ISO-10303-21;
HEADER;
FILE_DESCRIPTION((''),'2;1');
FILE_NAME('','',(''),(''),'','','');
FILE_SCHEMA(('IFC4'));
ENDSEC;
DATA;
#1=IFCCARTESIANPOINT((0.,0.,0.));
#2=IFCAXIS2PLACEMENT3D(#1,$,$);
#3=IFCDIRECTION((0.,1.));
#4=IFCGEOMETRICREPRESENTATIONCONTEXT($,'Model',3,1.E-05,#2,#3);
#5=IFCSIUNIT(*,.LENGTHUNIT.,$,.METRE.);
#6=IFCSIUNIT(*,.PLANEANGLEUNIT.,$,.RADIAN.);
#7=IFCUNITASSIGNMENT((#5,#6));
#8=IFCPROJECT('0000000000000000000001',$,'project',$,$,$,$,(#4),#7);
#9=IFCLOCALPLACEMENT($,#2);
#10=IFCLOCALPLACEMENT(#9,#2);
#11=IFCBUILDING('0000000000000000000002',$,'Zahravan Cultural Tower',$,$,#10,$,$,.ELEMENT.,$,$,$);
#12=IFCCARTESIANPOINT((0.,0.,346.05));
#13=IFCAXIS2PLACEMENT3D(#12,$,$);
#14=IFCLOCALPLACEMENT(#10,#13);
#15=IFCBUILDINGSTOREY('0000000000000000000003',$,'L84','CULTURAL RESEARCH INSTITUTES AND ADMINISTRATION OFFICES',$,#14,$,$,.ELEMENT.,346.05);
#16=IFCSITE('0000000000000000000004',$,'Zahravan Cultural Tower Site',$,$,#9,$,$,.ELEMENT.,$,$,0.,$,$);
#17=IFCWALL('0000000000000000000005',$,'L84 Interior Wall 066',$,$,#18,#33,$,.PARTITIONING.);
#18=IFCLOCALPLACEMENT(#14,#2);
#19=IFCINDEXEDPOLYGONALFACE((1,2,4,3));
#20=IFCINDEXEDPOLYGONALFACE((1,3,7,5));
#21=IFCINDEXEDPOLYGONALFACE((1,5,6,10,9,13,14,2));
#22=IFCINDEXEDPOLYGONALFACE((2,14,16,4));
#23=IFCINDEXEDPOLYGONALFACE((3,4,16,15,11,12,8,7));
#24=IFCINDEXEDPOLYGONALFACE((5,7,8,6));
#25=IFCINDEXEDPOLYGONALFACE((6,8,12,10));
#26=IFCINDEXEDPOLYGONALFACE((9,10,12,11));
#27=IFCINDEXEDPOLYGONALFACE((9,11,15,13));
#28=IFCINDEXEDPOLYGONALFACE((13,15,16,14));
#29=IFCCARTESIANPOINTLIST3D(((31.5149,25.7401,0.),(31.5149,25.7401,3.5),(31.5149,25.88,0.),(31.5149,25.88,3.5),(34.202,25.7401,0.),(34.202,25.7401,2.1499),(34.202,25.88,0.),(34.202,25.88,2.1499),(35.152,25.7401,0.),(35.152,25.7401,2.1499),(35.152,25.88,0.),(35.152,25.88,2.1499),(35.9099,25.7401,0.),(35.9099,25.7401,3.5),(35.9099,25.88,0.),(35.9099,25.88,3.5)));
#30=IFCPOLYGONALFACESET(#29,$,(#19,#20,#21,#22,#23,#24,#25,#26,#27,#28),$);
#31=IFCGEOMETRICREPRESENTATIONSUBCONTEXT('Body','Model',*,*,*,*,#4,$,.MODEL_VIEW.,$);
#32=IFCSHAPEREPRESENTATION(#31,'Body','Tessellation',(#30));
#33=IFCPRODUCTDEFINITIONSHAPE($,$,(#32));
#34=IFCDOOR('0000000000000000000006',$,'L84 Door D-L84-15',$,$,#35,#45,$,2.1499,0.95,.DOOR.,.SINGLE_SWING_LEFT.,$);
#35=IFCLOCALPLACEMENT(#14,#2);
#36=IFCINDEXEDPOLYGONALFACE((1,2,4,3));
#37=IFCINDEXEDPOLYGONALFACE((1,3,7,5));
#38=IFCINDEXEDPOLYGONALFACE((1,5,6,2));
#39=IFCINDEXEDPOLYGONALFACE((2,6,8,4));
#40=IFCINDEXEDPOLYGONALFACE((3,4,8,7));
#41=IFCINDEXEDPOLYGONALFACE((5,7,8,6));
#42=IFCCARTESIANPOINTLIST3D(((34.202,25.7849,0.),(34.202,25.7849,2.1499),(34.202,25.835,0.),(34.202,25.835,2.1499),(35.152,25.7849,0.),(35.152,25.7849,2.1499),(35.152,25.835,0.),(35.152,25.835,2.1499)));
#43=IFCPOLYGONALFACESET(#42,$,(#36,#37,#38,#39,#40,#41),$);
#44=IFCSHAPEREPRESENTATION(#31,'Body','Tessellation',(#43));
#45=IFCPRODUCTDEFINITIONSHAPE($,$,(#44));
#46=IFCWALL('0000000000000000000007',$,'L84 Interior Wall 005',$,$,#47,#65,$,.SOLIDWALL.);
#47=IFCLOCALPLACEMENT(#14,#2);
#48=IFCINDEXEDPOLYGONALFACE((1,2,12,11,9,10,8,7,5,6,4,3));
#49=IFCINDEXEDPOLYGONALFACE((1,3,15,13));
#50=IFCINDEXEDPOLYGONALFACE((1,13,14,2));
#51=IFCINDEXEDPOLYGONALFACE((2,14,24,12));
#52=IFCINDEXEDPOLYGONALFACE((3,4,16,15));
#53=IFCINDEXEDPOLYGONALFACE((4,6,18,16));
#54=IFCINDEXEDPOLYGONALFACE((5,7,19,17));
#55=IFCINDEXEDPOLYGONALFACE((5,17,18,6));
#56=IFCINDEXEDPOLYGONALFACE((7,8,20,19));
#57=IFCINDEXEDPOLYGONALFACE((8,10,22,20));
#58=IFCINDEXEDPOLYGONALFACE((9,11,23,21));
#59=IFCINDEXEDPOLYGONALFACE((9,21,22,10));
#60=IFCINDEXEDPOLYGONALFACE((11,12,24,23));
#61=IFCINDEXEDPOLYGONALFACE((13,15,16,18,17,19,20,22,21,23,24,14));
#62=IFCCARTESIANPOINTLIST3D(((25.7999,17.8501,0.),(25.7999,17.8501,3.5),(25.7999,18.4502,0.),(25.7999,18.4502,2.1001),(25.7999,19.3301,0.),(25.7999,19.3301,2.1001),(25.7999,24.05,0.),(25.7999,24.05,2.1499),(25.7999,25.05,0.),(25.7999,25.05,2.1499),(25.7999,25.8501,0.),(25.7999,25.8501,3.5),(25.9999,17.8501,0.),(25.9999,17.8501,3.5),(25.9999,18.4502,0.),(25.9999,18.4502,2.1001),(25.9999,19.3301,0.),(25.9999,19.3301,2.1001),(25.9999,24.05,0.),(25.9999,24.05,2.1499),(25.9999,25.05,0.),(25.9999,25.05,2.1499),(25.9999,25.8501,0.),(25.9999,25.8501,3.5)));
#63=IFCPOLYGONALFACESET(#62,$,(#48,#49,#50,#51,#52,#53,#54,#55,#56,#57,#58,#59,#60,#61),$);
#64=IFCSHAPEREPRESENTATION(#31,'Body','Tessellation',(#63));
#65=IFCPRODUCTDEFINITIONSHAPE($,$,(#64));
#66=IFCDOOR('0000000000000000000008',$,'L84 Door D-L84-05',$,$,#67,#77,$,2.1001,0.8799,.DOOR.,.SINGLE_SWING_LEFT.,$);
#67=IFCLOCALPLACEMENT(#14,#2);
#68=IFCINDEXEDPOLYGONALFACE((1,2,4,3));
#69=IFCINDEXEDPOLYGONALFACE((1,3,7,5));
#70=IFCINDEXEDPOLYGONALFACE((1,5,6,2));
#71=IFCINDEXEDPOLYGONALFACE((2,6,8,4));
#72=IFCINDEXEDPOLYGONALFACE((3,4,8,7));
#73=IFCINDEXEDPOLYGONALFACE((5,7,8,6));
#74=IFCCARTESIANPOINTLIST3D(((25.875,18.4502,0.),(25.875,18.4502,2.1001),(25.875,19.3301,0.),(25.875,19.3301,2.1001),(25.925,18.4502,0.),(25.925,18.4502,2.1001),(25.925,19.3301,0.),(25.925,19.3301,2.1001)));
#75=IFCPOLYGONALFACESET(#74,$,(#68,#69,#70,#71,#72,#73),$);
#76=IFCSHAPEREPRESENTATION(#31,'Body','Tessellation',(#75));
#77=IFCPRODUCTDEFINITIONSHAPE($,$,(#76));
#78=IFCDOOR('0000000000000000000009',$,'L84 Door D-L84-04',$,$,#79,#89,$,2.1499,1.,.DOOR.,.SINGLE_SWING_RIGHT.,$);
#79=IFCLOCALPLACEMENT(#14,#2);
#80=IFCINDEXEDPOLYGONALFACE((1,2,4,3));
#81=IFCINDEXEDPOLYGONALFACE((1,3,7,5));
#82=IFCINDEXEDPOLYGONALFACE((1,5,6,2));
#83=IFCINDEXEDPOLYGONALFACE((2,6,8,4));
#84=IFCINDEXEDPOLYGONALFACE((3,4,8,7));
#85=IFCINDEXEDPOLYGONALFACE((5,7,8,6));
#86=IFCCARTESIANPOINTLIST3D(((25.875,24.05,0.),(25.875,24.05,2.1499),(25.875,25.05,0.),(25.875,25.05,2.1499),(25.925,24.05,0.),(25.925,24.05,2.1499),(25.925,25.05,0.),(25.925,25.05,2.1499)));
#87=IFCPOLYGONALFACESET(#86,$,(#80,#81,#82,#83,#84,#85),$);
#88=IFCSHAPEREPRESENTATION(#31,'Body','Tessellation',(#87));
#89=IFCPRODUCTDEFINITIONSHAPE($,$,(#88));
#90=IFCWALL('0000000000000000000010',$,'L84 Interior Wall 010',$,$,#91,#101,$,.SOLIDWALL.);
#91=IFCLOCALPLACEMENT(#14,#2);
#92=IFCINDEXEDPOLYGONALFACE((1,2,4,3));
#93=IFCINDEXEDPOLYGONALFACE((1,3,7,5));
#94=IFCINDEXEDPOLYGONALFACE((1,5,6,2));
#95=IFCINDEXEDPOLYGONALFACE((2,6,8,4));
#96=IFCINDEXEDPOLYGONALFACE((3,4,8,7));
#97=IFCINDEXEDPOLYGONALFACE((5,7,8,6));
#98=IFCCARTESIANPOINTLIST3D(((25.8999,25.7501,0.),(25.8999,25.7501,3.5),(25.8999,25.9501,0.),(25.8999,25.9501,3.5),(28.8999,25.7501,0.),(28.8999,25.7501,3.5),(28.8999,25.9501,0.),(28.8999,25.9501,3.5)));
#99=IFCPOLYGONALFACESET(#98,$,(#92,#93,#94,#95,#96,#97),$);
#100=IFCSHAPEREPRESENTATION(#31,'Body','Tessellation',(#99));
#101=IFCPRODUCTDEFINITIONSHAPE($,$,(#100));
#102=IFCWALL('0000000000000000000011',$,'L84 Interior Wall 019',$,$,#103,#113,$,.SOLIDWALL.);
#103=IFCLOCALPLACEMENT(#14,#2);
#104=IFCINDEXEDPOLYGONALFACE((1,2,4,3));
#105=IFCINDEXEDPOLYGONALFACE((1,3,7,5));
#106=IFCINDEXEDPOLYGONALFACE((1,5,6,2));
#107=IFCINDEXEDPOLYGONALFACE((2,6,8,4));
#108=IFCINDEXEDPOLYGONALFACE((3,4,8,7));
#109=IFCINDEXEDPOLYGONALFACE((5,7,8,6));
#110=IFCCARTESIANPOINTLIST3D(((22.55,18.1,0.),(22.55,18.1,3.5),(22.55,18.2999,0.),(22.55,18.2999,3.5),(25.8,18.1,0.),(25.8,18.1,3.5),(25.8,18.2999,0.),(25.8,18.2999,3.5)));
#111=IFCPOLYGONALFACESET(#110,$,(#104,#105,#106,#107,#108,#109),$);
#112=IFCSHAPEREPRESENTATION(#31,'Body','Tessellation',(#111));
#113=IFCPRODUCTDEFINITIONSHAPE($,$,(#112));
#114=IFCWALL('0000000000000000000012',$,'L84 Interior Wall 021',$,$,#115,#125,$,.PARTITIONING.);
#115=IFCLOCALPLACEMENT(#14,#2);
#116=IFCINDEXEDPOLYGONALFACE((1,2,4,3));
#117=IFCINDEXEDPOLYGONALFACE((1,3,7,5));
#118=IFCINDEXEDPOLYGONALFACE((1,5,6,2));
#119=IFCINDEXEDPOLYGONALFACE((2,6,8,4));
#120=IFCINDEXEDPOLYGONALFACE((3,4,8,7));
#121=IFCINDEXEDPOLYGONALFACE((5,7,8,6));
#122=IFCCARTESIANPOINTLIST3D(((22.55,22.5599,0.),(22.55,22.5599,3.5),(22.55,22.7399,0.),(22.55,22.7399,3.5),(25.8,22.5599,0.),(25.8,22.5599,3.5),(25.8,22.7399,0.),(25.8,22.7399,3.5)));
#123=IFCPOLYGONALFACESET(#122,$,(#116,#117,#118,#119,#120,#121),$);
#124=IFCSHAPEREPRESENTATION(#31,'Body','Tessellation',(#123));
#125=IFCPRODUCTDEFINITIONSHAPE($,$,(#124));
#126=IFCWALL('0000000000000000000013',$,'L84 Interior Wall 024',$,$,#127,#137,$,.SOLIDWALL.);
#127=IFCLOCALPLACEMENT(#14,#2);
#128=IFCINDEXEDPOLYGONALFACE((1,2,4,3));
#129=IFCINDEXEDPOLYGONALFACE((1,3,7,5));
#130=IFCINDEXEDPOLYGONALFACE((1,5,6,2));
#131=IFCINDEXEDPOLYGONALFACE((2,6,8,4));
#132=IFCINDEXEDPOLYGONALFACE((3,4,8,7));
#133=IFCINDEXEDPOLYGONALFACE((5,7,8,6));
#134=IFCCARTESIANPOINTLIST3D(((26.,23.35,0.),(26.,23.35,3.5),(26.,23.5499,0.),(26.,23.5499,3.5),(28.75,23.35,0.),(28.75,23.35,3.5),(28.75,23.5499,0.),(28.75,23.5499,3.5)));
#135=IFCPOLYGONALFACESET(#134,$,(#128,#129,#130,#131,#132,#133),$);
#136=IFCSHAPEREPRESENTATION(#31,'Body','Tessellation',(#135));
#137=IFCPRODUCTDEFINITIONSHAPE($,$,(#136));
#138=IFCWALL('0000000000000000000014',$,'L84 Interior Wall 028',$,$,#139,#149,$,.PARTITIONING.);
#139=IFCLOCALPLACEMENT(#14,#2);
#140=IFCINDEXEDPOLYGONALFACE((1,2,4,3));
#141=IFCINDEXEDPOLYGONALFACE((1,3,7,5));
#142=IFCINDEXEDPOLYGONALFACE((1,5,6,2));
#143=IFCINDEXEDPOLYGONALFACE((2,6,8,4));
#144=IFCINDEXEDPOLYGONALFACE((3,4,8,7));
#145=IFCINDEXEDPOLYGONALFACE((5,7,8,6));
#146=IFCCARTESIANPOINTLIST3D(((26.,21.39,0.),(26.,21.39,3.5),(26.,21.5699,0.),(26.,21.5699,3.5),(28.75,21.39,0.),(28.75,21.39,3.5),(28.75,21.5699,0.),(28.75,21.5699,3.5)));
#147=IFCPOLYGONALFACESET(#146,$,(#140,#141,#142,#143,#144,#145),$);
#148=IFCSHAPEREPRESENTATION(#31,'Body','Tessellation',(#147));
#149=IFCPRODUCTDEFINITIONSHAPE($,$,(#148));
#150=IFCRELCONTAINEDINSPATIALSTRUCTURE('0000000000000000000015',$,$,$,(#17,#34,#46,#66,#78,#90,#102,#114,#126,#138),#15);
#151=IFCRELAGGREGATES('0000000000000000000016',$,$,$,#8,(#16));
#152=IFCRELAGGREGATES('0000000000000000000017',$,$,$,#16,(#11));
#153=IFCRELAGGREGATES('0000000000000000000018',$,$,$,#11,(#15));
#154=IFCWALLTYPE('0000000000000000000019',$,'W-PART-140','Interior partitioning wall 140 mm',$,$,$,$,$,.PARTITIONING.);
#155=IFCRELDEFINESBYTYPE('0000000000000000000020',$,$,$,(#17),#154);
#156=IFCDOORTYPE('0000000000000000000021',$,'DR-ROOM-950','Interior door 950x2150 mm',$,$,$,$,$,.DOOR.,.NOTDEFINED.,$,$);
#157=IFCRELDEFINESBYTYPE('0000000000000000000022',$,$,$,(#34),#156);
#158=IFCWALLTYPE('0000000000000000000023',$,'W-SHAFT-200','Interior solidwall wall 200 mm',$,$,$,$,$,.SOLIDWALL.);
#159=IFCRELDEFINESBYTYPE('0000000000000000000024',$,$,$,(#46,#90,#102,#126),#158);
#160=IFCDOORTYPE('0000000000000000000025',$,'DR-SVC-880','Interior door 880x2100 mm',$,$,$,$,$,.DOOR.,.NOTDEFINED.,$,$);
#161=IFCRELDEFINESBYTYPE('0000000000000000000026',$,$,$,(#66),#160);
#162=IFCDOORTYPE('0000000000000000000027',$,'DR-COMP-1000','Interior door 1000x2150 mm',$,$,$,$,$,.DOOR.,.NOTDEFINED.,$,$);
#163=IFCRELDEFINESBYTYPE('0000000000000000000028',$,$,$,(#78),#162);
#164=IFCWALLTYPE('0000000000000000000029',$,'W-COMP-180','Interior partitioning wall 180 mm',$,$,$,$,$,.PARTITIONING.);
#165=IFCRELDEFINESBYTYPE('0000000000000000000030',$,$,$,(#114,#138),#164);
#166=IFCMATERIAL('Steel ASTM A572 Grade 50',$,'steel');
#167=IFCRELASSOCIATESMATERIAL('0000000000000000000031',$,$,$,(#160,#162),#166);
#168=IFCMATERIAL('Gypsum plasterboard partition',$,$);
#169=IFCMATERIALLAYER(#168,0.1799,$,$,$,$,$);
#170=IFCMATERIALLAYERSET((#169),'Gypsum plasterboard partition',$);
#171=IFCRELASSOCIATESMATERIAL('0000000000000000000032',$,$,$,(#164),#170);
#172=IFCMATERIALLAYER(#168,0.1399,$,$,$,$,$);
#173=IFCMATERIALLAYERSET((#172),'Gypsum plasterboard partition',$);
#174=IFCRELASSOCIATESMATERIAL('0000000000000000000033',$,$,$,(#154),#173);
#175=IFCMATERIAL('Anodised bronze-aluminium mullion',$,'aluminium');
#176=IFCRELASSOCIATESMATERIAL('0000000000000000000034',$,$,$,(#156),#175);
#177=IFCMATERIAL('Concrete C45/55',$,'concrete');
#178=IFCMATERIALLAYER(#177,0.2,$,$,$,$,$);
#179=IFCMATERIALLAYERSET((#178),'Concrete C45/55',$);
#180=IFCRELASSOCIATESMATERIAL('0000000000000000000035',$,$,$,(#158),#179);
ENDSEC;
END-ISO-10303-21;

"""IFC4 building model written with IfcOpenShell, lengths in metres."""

from ifc_helpers import new_model, si_unit, direction, frame, frame_2d, origin, place, context, subcontext, project, spatial, rectangle, extrude, source, transform, mapped, material, layer, layer_set, type_object, element, fill, save


model = new_model("IFC4")

# Units and contexts
model_context = context("Model", 3, precision=1e-05, world=origin(), true_north=direction((0.0, 1.0)))
body_context = subcontext(model_context, "Body", "Model", "MODEL_VIEW")
ifc_project = project(units=[si_unit("LENGTHUNIT", "METRE"), si_unit("PLANEANGLEUNIT", "RADIAN")], contexts=[model_context])

# Site, building, storey
site_placement = place(None, origin())
site = spatial("IfcSite", under=ifc_project, at=site_placement, Name="Zahravan Cultural Tower Site", CompositionType="ELEMENT", RefElevation=0.0)
building_placement = place(site_placement, origin())
building = spatial("IfcBuilding", under=site, at=building_placement, Name="Zahravan Cultural Tower", CompositionType="ELEMENT")
storey_placement = place(building_placement, frame((0.0, 0.0, 346.05)))
storey = spatial("IfcBuildingStorey", under=building, at=storey_placement, Name="L84", Description="CULTURAL RESEARCH INSTITUTES AND ADMINISTRATION OFFICES", CompositionType="ELEMENT", Elevation=346.05)

# Shared definitions
ifc_material_1 = material(Name="Steel ASTM A572 Grade 50", Category="steel")
door_type_1 = type_object("IfcDoorType", Name="DR-SVC-880", Description="Interior door 880x2100 mm", OperationType="NOTDEFINED", PredefinedType="DOOR", material=ifc_material_1)
shared_shape_1 = source(origin(), body_context, "Body", "SweptSolid", [
    extrude(rectangle(XDim=0.8799, YDim=2.1001, at=frame_2d((0.4399, 1.05))), frame((0.0, 0.0249, 0.0), z_axis=(0.0, -1.0, 0.0), x_axis=(1.0, 0.0, 0.0)), (0.0, 0.0, 1.0), 0.05),
])

# Wall, opening, door
ifc_material_2 = material(Name="Gypsum plasterboard partition")
ifc_layer_1 = layer(ifc_material_2, 0.1799)
ifc_layer_set_1 = layer_set([ifc_layer_1], Name="Gypsum plasterboard partition")
wall_type_1 = type_object("IfcWallType", Name="W-COMP-180", Description="Interior partitioning wall 180 mm", PredefinedType="PARTITIONING", material=ifc_layer_set_1)
ifc_layer_2 = layer(ifc_material_2, 0.1399)
ifc_layer_set_2 = layer_set([ifc_layer_2], Name="Gypsum plasterboard partition")
wall_type_2 = type_object("IfcWallType", Name="W-PART-140", Description="Interior partitioning wall 140 mm", PredefinedType="PARTITIONING", material=ifc_layer_set_2)
wall_1_placement = place(storey_placement, frame((31.5149, 25.8101, 0.0), z_axis=(0.0, 0.0, 1.0), x_axis=(1.0, 0.0, 0.0)))
wall_1 = element("IfcWall", 1, at=wall_1_placement, inside=storey, type_object=wall_type_2, Name="L84 Interior Wall 066", PredefinedType="PARTITIONING", context=body_context, shape_type="SweptSolid", body=[
    extrude(rectangle(XDim=4.395, YDim=0.1399, at=frame_2d((2.1975, 0.0))), origin(), (0.0, 0.0, 1.0), 3.5),
])
opening_1_placement = place(wall_1_placement, frame((2.687, 0.0, 0.0)))
opening_1 = element("IfcOpeningElement", 2, at=opening_1_placement, cuts=wall_1, PredefinedType="OPENING", context=body_context, shape_type="SweptSolid", body=[
    extrude(rectangle(XDim=0.95, YDim=2.1499, at=frame_2d((0.4751, 1.075))), frame((0.0, 0.0798, 0.0), z_axis=(0.0, -1.0, 0.0), x_axis=(1.0, 0.0, 0.0)), (0.0, 0.0, 1.0), 0.1599),
])
ifc_material_3 = material(Name="Anodised bronze-aluminium mullion", Category="aluminium")
door_type_2 = type_object("IfcDoorType", Name="DR-ROOM-950", Description="Interior door 950x2150 mm", OperationType="NOTDEFINED", PredefinedType="DOOR", material=ifc_material_3)
shared_shape_2 = source(origin(), body_context, "Body", "SweptSolid", [
    extrude(rectangle(XDim=0.95, YDim=2.1499, at=frame_2d((0.4751, 1.075))), frame((0.0, 0.0249, 0.0), z_axis=(0.0, -1.0, 0.0), x_axis=(1.0, 0.0, 0.0)), (0.0, 0.0, 1.0), 0.05),
])
door_1_placement = place(opening_1_placement, origin())
door_1 = element("IfcDoor", 3, at=door_1_placement, inside=storey, type_object=door_type_2, Name="L84 Door D-L84-15", OperationType="SINGLE_SWING_LEFT", OverallHeight=2.1499, OverallWidth=0.95, PredefinedType="DOOR", context=body_context, shape_type="MappedRepresentation", body=[
    mapped(shared_shape_2, transform((0.0, 0.0, 0.0), x_axis=(1.0, 0.0, 0.0), y_axis=(0.0, 1.0, 0.0), z_axis=(0.0, 0.0, 1.0), scale=1.0)),
])
fill(opening_1, door_1)

# Wall, openings, doors
ifc_material_4 = material(Name="Concrete C45/55", Category="concrete")
ifc_layer_3 = layer(ifc_material_4, 0.2)
ifc_layer_set_3 = layer_set([ifc_layer_3], Name="Concrete C45/55")
wall_type_3 = type_object("IfcWallType", Name="W-SHAFT-200", Description="Interior solidwall wall 200 mm", PredefinedType="SOLIDWALL", material=ifc_layer_set_3)
wall_2_placement = place(storey_placement, frame((25.8999, 17.8501, 0.0), z_axis=(0.0, 0.0, 1.0), x_axis=(0.0, 1.0, 0.0)))
wall_2 = element("IfcWall", 4, at=wall_2_placement, inside=storey, type_object=wall_type_3, Name="L84 Interior Wall 005", PredefinedType="SOLIDWALL", context=body_context, shape_type="SweptSolid", body=[
    extrude(rectangle(XDim=8.0, YDim=0.2, at=frame_2d((4.0, 0.0))), origin(), (0.0, 0.0, 1.0), 3.5),
])
opening_2_placement = place(wall_2_placement, frame((6.2, 0.0, 0.0)))
opening_2 = element("IfcOpeningElement", 5, at=opening_2_placement, cuts=wall_2, PredefinedType="OPENING", context=body_context, shape_type="SweptSolid", body=[
    extrude(rectangle(XDim=1.0, YDim=2.1499, at=frame_2d((0.5, 1.075))), frame((0.0, 0.1099, 0.0), z_axis=(0.0, -1.0, 0.0), x_axis=(1.0, 0.0, 0.0)), (0.0, 0.0, 1.0), 0.22),
])
opening_3_placement = place(wall_2_placement, frame((0.6001, 0.0, 0.0)))
opening_3 = element("IfcOpeningElement", 6, at=opening_3_placement, cuts=wall_2, PredefinedType="OPENING", context=body_context, shape_type="SweptSolid", body=[
    extrude(rectangle(XDim=0.8799, YDim=2.1001, at=frame_2d((0.4399, 1.05))), frame((0.0, 0.1099, 0.0), z_axis=(0.0, -1.0, 0.0), x_axis=(1.0, 0.0, 0.0)), (0.0, 0.0, 1.0), 0.22),
])
door_2_placement = place(opening_3_placement, origin())
door_2 = element("IfcDoor", 7, at=door_2_placement, inside=storey, type_object=door_type_1, Name="L84 Door D-L84-05", OperationType="SINGLE_SWING_LEFT", OverallHeight=2.1001, OverallWidth=0.8799, PredefinedType="DOOR", context=body_context, shape_type="MappedRepresentation", body=[
    mapped(shared_shape_1, transform((0.0, 0.0, 0.0), x_axis=(1.0, 0.0, 0.0), y_axis=(0.0, 1.0, 0.0), z_axis=(0.0, 0.0, 1.0), scale=1.0)),
])
fill(opening_3, door_2)
door_type_3 = type_object("IfcDoorType", Name="DR-COMP-1000", Description="Interior door 1000x2150 mm", OperationType="NOTDEFINED", PredefinedType="DOOR", material=ifc_material_1)
shared_shape_3 = source(origin(), body_context, "Body", "SweptSolid", [
    extrude(rectangle(XDim=1.0, YDim=2.1499, at=frame_2d((0.5, 1.075))), frame((0.0, 0.0249, 0.0), z_axis=(0.0, -1.0, 0.0), x_axis=(1.0, 0.0, 0.0)), (0.0, 0.0, 1.0), 0.05),
])
door_3_placement = place(opening_2_placement, origin())
door_3 = element("IfcDoor", 8, at=door_3_placement, inside=storey, type_object=door_type_3, Name="L84 Door D-L84-04", OperationType="SINGLE_SWING_RIGHT", OverallHeight=2.1499, OverallWidth=1.0, PredefinedType="DOOR", context=body_context, shape_type="MappedRepresentation", body=[
    mapped(shared_shape_3, transform((0.0, 0.0, 0.0), x_axis=(1.0, 0.0, 0.0), y_axis=(0.0, 1.0, 0.0), z_axis=(0.0, 0.0, 1.0), scale=1.0)),
])
fill(opening_2, door_3)

# Walls
shared_shape_4 = source(origin(), body_context, "Body", "SweptSolid", [
    extrude(rectangle(XDim=3.0, YDim=0.2, at=frame_2d((1.5, 0.0))), origin(), (0.0, 0.0, 1.0), 3.5),
])
wall_3_placement = place(storey_placement, frame((25.8999, 25.8501, 0.0), z_axis=(0.0, 0.0, 1.0), x_axis=(1.0, 0.0, 0.0)))
element("IfcWall", 9, at=wall_3_placement, inside=storey, type_object=wall_type_3, Name="L84 Interior Wall 010", PredefinedType="SOLIDWALL", context=body_context, shape_type="MappedRepresentation", body=[
    mapped(shared_shape_4, transform((0.0, 0.0, 0.0), x_axis=(1.0, 0.0, 0.0), y_axis=(0.0, 1.0, 0.0), z_axis=(0.0, 0.0, 1.0), scale=1.0)),
])
shared_shape_5 = source(origin(), body_context, "Body", "SweptSolid", [
    extrude(rectangle(XDim=3.25, YDim=0.2, at=frame_2d((1.625, 0.0))), origin(), (0.0, 0.0, 1.0), 3.5),
])
wall_4_placement = place(storey_placement, frame((22.55, 18.2, 0.0), z_axis=(0.0, 0.0, 1.0), x_axis=(1.0, 0.0, 0.0)))
element("IfcWall", 10, at=wall_4_placement, inside=storey, type_object=wall_type_3, Name="L84 Interior Wall 019", PredefinedType="SOLIDWALL", context=body_context, shape_type="MappedRepresentation", body=[
    mapped(shared_shape_5, transform((0.0, 0.0, 0.0), x_axis=(1.0, 0.0, 0.0), y_axis=(0.0, 1.0, 0.0), z_axis=(0.0, 0.0, 1.0), scale=1.0)),
])
shared_shape_6 = source(origin(), body_context, "Body", "SweptSolid", [
    extrude(rectangle(XDim=3.25, YDim=0.1799, at=frame_2d((1.625, 0.0))), origin(), (0.0, 0.0, 1.0), 3.5),
])
wall_5_placement = place(storey_placement, frame((22.55, 22.6499, 0.0), z_axis=(0.0, 0.0, 1.0), x_axis=(1.0, 0.0, 0.0)))
element("IfcWall", 11, at=wall_5_placement, inside=storey, type_object=wall_type_1, Name="L84 Interior Wall 021", PredefinedType="PARTITIONING", context=body_context, shape_type="MappedRepresentation", body=[
    mapped(shared_shape_6, transform((0.0, 0.0, 0.0), x_axis=(1.0, 0.0, 0.0), y_axis=(0.0, 1.0, 0.0), z_axis=(0.0, 0.0, 1.0), scale=1.0)),
])
shared_shape_7 = source(origin(), body_context, "Body", "SweptSolid", [
    extrude(rectangle(XDim=2.75, YDim=0.2, at=frame_2d((1.375, 0.0))), origin(), (0.0, 0.0, 1.0), 3.5),
])
wall_6_placement = place(storey_placement, frame((26.0, 23.45, 0.0), z_axis=(0.0, 0.0, 1.0), x_axis=(1.0, 0.0, 0.0)))
element("IfcWall", 12, at=wall_6_placement, inside=storey, type_object=wall_type_3, Name="L84 Interior Wall 024", PredefinedType="SOLIDWALL", context=body_context, shape_type="MappedRepresentation", body=[
    mapped(shared_shape_7, transform((0.0, 0.0, 0.0), x_axis=(1.0, 0.0, 0.0), y_axis=(0.0, 1.0, 0.0), z_axis=(0.0, 0.0, 1.0), scale=1.0)),
])
shared_shape_8 = source(origin(), body_context, "Body", "SweptSolid", [
    extrude(rectangle(XDim=2.75, YDim=0.1799, at=frame_2d((1.375, 0.0))), origin(), (0.0, 0.0, 1.0), 3.5),
])
wall_7_placement = place(storey_placement, frame((26.0, 21.48, 0.0), z_axis=(0.0, 0.0, 1.0), x_axis=(1.0, 0.0, 0.0)))
element("IfcWall", 13, at=wall_7_placement, inside=storey, type_object=wall_type_1, Name="L84 Interior Wall 028", PredefinedType="PARTITIONING", context=body_context, shape_type="MappedRepresentation", body=[
    mapped(shared_shape_8, transform((0.0, 0.0, 0.0), x_axis=(1.0, 0.0, 0.0), y_axis=(0.0, 1.0, 0.0), z_axis=(0.0, 0.0, 1.0), scale=1.0)),
])

save(model, "model.ifc")
